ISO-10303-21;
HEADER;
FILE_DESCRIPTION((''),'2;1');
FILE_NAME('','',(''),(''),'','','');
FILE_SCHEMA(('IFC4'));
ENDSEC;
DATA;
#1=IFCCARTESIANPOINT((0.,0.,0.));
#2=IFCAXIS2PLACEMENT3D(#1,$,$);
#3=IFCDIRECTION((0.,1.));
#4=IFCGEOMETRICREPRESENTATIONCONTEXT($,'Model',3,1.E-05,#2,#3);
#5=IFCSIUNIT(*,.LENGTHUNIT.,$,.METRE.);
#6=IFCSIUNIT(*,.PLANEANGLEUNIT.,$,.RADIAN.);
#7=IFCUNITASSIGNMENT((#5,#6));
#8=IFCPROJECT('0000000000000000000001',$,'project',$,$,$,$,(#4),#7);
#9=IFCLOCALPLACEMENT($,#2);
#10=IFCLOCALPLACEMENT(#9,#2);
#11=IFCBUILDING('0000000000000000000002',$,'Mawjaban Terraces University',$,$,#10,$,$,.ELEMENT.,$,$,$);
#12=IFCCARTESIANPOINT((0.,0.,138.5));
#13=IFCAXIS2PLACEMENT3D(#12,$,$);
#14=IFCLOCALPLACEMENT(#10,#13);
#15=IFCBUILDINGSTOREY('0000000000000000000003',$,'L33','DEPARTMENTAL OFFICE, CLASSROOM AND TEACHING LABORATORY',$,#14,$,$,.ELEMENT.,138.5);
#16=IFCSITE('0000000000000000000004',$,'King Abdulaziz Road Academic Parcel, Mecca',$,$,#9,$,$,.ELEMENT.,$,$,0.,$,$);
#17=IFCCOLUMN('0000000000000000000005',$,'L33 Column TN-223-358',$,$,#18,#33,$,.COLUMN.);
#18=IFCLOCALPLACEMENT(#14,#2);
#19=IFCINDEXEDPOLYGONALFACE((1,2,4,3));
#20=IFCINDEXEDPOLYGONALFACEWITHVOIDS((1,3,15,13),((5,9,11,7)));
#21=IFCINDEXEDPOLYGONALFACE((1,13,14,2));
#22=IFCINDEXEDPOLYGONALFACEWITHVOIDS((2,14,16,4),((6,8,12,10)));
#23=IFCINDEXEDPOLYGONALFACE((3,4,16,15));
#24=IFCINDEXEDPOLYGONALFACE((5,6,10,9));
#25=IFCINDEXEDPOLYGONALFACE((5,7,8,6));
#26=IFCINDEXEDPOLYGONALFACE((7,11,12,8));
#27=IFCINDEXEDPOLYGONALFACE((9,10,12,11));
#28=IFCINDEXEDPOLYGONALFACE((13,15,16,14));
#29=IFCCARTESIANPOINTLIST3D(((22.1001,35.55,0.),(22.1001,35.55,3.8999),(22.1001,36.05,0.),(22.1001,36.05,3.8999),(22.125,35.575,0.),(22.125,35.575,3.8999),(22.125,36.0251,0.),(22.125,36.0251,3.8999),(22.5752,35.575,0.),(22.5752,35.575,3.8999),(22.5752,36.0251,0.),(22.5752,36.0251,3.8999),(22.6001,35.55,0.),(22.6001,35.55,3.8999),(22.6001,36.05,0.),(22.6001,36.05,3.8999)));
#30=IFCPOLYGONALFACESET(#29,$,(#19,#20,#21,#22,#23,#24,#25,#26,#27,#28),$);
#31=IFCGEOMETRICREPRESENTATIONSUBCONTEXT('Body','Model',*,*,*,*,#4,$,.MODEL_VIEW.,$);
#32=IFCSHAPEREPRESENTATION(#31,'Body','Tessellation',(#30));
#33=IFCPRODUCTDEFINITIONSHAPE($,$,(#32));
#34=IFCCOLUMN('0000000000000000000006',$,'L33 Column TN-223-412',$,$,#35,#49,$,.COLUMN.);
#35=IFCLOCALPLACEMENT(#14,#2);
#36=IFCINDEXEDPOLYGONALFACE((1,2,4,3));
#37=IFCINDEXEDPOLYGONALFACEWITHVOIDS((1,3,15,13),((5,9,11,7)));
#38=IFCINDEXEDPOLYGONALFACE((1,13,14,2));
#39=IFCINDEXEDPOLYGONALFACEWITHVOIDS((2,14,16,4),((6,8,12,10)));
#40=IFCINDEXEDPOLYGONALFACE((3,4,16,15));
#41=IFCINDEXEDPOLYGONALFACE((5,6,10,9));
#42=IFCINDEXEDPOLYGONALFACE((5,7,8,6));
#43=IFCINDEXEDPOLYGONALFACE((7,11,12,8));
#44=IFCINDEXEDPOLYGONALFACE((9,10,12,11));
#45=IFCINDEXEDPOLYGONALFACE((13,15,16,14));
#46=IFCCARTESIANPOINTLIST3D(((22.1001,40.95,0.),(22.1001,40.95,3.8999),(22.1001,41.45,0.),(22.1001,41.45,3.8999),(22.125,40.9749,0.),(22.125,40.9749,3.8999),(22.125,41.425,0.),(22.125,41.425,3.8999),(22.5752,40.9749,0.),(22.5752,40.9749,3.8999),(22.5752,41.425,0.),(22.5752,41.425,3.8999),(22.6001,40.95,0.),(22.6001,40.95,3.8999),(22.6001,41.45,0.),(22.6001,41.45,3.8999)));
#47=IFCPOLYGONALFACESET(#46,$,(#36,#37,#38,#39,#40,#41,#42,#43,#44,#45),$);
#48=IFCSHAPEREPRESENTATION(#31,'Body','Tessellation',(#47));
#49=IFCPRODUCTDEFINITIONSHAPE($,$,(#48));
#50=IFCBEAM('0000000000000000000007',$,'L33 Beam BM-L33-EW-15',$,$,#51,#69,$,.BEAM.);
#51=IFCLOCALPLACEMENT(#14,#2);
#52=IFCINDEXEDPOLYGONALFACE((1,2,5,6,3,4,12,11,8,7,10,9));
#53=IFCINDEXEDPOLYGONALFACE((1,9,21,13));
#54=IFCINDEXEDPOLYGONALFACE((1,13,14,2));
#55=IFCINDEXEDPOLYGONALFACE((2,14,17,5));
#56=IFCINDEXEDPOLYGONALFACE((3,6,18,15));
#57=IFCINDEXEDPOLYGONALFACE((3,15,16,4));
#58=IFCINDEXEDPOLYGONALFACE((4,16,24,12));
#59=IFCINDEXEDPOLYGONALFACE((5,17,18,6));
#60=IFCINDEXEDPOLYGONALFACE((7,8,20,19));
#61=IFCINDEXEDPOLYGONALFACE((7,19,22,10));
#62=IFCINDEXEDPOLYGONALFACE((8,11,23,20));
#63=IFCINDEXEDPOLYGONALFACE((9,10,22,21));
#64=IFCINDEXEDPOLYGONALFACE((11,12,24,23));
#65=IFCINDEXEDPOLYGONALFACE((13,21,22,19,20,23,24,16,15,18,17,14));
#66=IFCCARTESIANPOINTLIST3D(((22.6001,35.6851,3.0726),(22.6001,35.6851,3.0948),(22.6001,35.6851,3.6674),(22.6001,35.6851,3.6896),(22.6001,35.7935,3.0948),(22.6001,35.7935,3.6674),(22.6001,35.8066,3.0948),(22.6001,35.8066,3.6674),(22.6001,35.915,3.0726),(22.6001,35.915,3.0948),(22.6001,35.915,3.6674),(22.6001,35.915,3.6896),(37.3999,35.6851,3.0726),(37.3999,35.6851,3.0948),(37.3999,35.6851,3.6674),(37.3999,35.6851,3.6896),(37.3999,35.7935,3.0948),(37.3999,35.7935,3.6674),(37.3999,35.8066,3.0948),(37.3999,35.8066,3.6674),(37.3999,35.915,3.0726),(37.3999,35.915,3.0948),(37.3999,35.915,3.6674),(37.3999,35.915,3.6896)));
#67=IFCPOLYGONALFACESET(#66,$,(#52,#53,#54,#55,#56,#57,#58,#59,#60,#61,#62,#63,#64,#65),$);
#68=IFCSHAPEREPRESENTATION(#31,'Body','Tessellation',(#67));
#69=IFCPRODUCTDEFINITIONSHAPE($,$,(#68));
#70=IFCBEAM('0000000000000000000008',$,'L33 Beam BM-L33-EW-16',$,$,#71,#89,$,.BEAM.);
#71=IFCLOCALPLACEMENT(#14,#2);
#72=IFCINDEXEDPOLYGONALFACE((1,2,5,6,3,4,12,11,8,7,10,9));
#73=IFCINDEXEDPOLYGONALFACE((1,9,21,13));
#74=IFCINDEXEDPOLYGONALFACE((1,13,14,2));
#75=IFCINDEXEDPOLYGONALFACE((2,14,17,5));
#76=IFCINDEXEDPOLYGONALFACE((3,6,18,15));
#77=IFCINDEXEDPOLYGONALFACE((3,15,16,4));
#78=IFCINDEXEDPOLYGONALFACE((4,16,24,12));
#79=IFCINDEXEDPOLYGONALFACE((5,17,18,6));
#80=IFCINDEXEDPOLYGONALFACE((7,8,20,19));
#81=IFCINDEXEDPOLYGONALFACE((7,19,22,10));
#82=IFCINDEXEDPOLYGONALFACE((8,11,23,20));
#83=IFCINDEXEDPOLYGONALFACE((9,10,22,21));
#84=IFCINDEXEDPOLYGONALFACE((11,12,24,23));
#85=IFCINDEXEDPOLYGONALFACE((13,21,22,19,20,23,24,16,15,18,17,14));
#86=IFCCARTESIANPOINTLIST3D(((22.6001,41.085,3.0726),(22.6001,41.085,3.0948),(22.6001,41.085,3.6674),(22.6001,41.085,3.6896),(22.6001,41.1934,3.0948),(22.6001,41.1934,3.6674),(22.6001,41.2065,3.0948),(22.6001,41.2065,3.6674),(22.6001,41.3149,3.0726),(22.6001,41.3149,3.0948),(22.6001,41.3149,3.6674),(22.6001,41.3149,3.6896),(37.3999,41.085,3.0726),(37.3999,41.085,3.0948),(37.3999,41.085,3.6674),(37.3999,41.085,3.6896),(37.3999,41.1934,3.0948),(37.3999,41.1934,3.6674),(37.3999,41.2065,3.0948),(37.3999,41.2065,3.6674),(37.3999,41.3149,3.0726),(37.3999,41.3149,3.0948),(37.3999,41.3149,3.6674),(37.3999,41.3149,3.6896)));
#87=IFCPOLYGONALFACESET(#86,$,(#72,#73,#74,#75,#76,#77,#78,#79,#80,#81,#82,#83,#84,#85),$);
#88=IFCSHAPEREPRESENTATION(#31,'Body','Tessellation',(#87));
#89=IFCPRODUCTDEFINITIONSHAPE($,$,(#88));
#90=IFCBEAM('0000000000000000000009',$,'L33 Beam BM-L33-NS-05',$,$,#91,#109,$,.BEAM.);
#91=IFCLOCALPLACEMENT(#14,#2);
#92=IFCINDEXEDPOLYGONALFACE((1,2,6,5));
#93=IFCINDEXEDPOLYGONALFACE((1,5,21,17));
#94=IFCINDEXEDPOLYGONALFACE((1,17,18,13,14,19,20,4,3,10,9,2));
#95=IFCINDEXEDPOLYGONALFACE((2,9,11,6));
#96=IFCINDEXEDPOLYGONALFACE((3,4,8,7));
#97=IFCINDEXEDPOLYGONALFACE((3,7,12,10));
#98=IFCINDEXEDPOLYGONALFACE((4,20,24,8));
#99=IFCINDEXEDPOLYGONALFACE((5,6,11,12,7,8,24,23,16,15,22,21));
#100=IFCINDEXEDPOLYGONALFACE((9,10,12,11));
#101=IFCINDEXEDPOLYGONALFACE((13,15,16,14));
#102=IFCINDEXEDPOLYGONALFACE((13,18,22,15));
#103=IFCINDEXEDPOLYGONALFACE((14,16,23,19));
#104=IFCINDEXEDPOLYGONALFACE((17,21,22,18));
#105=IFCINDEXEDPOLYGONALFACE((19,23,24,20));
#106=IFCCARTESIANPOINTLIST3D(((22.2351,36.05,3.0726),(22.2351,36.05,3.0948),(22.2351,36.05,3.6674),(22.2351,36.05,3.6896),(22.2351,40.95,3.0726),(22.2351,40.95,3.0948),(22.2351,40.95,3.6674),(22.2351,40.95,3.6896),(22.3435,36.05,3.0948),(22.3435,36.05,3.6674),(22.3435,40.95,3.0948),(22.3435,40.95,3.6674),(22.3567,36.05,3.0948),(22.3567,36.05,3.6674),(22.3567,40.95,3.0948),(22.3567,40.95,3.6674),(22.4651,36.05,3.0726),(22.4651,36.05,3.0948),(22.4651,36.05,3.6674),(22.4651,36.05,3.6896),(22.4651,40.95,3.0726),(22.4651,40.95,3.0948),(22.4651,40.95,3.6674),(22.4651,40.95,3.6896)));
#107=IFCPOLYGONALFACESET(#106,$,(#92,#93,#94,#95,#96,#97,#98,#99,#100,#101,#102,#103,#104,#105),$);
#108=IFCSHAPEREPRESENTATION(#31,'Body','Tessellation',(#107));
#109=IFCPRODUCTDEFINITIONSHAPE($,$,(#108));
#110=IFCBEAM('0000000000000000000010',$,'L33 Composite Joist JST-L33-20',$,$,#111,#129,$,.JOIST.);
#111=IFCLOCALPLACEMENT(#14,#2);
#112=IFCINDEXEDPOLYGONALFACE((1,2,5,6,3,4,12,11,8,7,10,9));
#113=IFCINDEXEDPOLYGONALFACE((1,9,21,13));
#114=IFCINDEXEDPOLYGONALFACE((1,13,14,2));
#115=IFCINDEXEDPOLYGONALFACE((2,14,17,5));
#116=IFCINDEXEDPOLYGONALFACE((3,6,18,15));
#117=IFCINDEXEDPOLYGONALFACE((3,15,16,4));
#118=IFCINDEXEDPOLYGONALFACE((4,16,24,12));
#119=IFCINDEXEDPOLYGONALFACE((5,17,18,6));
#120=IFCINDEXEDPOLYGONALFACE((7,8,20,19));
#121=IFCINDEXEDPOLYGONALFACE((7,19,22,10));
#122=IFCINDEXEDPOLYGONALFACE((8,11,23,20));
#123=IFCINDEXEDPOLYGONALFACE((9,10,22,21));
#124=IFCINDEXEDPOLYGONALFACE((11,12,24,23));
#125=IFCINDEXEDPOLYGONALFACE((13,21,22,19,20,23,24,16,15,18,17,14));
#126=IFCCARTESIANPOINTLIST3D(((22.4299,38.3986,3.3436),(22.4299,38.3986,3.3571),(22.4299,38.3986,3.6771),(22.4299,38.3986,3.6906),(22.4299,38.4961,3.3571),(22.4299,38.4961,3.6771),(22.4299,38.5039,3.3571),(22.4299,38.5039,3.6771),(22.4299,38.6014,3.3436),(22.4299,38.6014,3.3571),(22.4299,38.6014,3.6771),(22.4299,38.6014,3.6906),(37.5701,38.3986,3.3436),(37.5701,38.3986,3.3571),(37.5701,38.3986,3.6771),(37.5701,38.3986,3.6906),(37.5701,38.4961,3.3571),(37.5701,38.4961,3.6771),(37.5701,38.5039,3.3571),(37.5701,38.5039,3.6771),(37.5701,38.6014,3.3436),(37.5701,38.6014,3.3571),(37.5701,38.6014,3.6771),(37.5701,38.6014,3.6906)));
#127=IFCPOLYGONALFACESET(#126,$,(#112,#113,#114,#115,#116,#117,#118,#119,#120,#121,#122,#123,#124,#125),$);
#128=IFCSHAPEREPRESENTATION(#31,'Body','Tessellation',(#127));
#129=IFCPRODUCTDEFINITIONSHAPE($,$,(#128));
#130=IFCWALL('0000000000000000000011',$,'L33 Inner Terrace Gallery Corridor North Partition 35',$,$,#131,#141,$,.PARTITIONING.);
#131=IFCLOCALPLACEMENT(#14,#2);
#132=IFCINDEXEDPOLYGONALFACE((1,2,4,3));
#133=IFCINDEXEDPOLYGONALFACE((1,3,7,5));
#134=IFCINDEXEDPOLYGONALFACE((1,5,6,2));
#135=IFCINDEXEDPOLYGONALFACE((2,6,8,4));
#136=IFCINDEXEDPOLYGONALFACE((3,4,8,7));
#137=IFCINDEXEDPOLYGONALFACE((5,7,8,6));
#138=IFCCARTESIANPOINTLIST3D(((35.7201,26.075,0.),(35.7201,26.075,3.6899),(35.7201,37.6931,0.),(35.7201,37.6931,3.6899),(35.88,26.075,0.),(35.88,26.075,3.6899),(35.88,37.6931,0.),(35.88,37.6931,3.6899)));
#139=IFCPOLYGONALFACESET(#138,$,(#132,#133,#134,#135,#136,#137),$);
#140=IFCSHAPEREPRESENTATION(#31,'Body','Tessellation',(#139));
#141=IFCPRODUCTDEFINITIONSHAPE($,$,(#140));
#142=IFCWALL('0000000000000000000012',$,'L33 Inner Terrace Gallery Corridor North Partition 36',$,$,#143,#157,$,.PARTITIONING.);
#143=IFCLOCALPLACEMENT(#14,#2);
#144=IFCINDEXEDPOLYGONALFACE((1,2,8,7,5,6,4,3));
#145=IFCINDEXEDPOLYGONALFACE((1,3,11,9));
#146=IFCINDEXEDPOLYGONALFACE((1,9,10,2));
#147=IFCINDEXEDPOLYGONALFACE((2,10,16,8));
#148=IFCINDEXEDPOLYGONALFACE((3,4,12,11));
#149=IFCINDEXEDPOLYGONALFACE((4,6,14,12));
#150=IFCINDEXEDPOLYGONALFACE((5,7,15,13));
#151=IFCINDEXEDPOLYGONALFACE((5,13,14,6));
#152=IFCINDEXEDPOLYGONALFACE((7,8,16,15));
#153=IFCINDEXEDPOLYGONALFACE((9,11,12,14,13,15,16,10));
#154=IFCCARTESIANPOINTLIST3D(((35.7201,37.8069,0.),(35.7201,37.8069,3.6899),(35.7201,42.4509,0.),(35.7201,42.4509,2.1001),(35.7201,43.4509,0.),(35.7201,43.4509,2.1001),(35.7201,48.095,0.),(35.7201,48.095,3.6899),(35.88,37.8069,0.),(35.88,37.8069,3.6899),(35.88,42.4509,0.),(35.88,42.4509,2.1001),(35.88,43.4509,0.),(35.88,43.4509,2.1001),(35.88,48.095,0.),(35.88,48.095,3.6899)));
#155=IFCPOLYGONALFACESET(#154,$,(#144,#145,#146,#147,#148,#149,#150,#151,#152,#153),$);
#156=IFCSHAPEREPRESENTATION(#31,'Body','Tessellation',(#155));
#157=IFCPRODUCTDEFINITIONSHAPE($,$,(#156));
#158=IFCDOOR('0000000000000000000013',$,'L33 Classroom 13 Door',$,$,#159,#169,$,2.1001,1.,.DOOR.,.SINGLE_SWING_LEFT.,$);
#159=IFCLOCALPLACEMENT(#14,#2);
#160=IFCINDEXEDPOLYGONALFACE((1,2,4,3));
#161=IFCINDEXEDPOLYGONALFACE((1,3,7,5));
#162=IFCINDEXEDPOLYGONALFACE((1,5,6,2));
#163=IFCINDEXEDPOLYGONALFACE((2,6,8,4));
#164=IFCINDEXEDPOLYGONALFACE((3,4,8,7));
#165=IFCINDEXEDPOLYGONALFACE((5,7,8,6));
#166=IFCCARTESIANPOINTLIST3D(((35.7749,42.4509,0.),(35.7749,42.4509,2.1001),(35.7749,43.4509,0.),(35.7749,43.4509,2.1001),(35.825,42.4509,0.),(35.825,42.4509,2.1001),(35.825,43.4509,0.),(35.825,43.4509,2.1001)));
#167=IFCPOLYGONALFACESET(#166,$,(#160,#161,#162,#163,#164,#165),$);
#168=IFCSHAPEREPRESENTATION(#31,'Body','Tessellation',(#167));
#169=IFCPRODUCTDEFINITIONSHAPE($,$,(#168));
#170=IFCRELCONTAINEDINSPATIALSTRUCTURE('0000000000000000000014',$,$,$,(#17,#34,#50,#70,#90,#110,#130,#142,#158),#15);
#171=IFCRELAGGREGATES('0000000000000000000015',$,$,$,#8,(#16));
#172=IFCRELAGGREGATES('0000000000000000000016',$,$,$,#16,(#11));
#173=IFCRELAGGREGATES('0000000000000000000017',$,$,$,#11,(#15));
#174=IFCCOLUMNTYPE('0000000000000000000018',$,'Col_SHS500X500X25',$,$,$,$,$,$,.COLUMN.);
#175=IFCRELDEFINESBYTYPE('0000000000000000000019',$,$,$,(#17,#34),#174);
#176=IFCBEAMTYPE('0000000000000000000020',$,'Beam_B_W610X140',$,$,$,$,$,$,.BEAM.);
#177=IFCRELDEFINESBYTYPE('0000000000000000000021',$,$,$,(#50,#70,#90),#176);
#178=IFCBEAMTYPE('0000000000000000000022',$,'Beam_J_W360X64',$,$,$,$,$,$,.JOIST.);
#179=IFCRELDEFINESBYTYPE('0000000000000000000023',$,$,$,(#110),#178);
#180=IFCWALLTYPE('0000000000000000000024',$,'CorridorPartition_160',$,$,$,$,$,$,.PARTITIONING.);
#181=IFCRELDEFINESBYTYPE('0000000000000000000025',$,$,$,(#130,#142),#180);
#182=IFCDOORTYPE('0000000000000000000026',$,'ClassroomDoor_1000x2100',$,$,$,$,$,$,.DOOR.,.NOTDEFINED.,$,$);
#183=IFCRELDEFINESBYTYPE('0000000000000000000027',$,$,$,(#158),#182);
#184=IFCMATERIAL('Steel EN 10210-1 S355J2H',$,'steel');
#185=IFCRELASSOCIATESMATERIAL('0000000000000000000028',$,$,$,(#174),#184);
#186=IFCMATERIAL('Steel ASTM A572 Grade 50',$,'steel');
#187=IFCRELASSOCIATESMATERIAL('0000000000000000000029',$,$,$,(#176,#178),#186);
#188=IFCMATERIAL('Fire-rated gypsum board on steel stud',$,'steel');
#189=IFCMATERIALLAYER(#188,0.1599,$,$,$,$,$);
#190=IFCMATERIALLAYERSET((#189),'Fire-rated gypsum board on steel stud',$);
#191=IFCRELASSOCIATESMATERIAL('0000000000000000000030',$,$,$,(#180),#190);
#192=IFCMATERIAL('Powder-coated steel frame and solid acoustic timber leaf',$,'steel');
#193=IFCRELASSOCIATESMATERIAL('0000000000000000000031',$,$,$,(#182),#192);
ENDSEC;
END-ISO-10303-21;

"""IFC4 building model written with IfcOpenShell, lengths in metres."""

from ifc_helpers import new_model, si_unit, direction, frame, frame_2d, origin, origin_2d, place, context, subcontext, project, spatial, rectangle, hollow_rectangle, i_section, extrude, material, layer, layer_set, material_profile, profile_set, type_object, element, fill, save


model = new_model("IFC4")

# Units and contexts
model_context = context("Model", 3, precision=1e-05, world=origin(), true_north=direction((0.0, 1.0)))
body_context = subcontext(model_context, "Body", "Model", "MODEL_VIEW")
ifc_project = project(units=[si_unit("LENGTHUNIT", "METRE"), si_unit("PLANEANGLEUNIT", "RADIAN")], contexts=[model_context])

# Site, building, storey
site_placement = place(None, origin())
site = spatial("IfcSite", under=ifc_project, at=site_placement, Name="King Abdulaziz Road Academic Parcel, Mecca", CompositionType="ELEMENT", RefElevation=0.0)
building_placement = place(site_placement, origin())
building = spatial("IfcBuilding", under=site, at=building_placement, Name="Mawjaban Terraces University", CompositionType="ELEMENT")
storey_placement = place(building_placement, frame((0.0, 0.0, 138.5)))
storey = spatial("IfcBuildingStorey", under=building, at=storey_placement, Name="L33", Description="DEPARTMENTAL OFFICE, CLASSROOM AND TEACHING LABORATORY", CompositionType="ELEMENT", Elevation=138.5)

# Columns
ifc_material_1 = material(Name="Steel EN 10210-1 S355J2H", Category="steel")
ifc_material_profile_1 = material_profile(ifc_material_1, hollow_rectangle(XDim=0.5, YDim=0.5, WallThickness=0.0249, at=origin_2d()), Name="SHS500X500X25")
ifc_profile_set_1 = profile_set([ifc_material_profile_1], Name="Steel EN 10210-1 S355J2H")
column_type = type_object("IfcColumnType", Name="Col_SHS500X500X25", PredefinedType="COLUMN", material=ifc_profile_set_1)
for number, where, z_axis, x_axis, name in (
    (1, (22.3501, 35.8, 0.0), (0.0, 0.0, 1.0), (1.0, 0.0, 0.0), "L33 Column TN-223-358"),
    (2, (22.3501, 41.2, 0.0), (0.0, 0.0, 1.0), (1.0, 0.0, 0.0), "L33 Column TN-223-412"),
):
    element("IfcColumn", number, at=place(storey_placement, frame(where, z_axis=z_axis, x_axis=x_axis)), inside=storey, type_object=column_type, Name=name, PredefinedType="COLUMN", context=body_context, shape_type="SweptSolid", body=[
        extrude(hollow_rectangle(XDim=0.5, YDim=0.5, WallThickness=0.0249, at=origin_2d()), origin(), (0.0, 0.0, 1.0), 3.8999),
    ])

# Beams
ifc_material_2 = material(Name="Steel ASTM A572 Grade 50", Category="steel")
ifc_material_profile_2 = material_profile(ifc_material_2, i_section(OverallWidth=0.23, OverallDepth=0.6169, WebThickness=0.0132, FlangeThickness=0.0222, at=origin_2d()), Name="W610X140")
ifc_profile_set_2 = profile_set([ifc_material_profile_2], Name="Steel ASTM A572 Grade 50")
beam_type_1 = type_object("IfcBeamType", Name="Beam_B_W610X140", PredefinedType="BEAM", material=ifc_profile_set_2)
for number, where, z_axis, x_axis, name in (
    (3, (22.6001, 35.8, 3.3811), (1.0, 0.0, 0.0), (0.0, 1.0, 0.0), "L33 Beam BM-L33-EW-15"),
    (4, (22.6001, 41.2, 3.3811), (1.0, 0.0, 0.0), (0.0, 1.0, 0.0), "L33 Beam BM-L33-EW-16"),
):
    element("IfcBeam", number, at=place(storey_placement, frame(where, z_axis=z_axis, x_axis=x_axis)), inside=storey, type_object=beam_type_1, Name=name, PredefinedType="BEAM", context=body_context, shape_type="SweptSolid", body=[
        extrude(i_section(OverallWidth=0.23, OverallDepth=0.6169, WebThickness=0.0132, FlangeThickness=0.0222, at=origin_2d()), origin(), (0.0, 0.0, 1.0), 14.7998),
    ])
beam_1_placement = place(storey_placement, frame((22.3501, 36.05, 3.3811), z_axis=(0.0, 1.0, 0.0), x_axis=(-1.0, 0.0, 0.0)))
element("IfcBeam", 5, at=beam_1_placement, inside=storey, type_object=beam_type_1, Name="L33 Beam BM-L33-NS-05", PredefinedType="BEAM", context=body_context, shape_type="SweptSolid", body=[
    extrude(i_section(OverallWidth=0.23, OverallDepth=0.6169, WebThickness=0.0132, FlangeThickness=0.0222, at=origin_2d()), origin(), (0.0, 0.0, 1.0), 4.8999),
])
ifc_material_profile_3 = material_profile(ifc_material_2, i_section(OverallWidth=0.2029, OverallDepth=0.3469, WebThickness=0.0078, FlangeThickness=0.0134, at=origin_2d()), Name="W360X64")
ifc_profile_set_3 = profile_set([ifc_material_profile_3], Name="Steel ASTM A572 Grade 50")
beam_type_2 = type_object("IfcBeamType", Name="Beam_J_W360X64", PredefinedType="JOIST", material=ifc_profile_set_3)
beam_2_placement = place(storey_placement, frame((22.4299, 38.5, 3.5171), z_axis=(1.0, 0.0, 0.0), x_axis=(0.0, 1.0, 0.0)))
element("IfcBeam", 6, at=beam_2_placement, inside=storey, type_object=beam_type_2, Name="L33 Composite Joist JST-L33-20", PredefinedType="JOIST", context=body_context, shape_type="SweptSolid", body=[
    extrude(i_section(OverallWidth=0.2029, OverallDepth=0.3469, WebThickness=0.0078, FlangeThickness=0.0134, at=origin_2d()), origin(), (0.0, 0.0, 1.0), 15.1401),
])

# Wall
ifc_material_3 = material(Name="Fire-rated gypsum board on steel stud", Category="steel")
ifc_layer_1 = layer(ifc_material_3, 0.1599)
ifc_layer_set_1 = layer_set([ifc_layer_1], Name="Fire-rated gypsum board on steel stud")
wall_type_1 = type_object("IfcWallType", Name="CorridorPartition_160", PredefinedType="PARTITIONING", material=ifc_layer_set_1)
wall_1_placement = place(storey_placement, frame((35.8, 37.6931, 0.0), z_axis=(0.0, 0.0, 1.0), x_axis=(0.0, -1.0, 0.0)))
element("IfcWall", 7, at=wall_1_placement, inside=storey, type_object=wall_type_1, Name="L33 Inner Terrace Gallery Corridor North Partition 35", PredefinedType="PARTITIONING", context=body_context, shape_type="SweptSolid", body=[
    extrude(rectangle(XDim=11.6182, YDim=0.1599, at=frame_2d((5.8091, 0.0))), origin(), (0.0, 0.0, 1.0), 3.6899),
])

# Wall, opening, door
wall_2_placement = place(storey_placement, frame((35.8, 48.095, 0.0), z_axis=(0.0, 0.0, 1.0), x_axis=(0.0, -1.0, 0.0)))
wall_2 = element("IfcWall", 8, at=wall_2_placement, inside=storey, type_object=wall_type_1, Name="L33 Inner Terrace Gallery Corridor North Partition 36", PredefinedType="PARTITIONING", context=body_context, shape_type="SweptSolid", body=[
    extrude(rectangle(XDim=10.2881, YDim=0.1599, at=frame_2d((5.144, 0.0))), origin(), (0.0, 0.0, 1.0), 3.6899),
])
opening_1_placement = place(wall_2_placement, frame((4.644, 0.0, 0.0)))
opening_1 = element("IfcOpeningElement", 9, at=opening_1_placement, cuts=wall_2, PredefinedType="OPENING", context=body_context, shape_type="SweptSolid", body=[
    extrude(rectangle(XDim=1.0, YDim=2.1001, at=frame_2d((0.5, 1.05))), frame((0.0, 0.0898, 0.0), z_axis=(0.0, -1.0, 0.0), x_axis=(1.0, 0.0, 0.0)), (0.0, 0.0, 1.0), 0.1799),
])
ifc_material_4 = material(Name="Powder-coated steel frame and solid acoustic timber leaf", Category="steel")
door_type_1 = type_object("IfcDoorType", Name="ClassroomDoor_1000x2100", OperationType="NOTDEFINED", PredefinedType="DOOR", material=ifc_material_4)
door_1_placement = place(opening_1_placement, origin())
door_1 = element("IfcDoor", 10, at=door_1_placement, inside=storey, type_object=door_type_1, Name="L33 Classroom 13 Door", OperationType="SINGLE_SWING_LEFT", OverallHeight=2.1001, OverallWidth=1.0, PredefinedType="DOOR", context=body_context, shape_type="SweptSolid", body=[
    extrude(rectangle(XDim=1.0, YDim=2.1001, at=frame_2d((0.5, 1.05))), frame((0.0, 0.0249, 0.0), z_axis=(0.0, -1.0, 0.0), x_axis=(1.0, 0.0, 0.0)), (0.0, 0.0, 1.0), 0.05),
])
fill(opening_1, door_1)

save(model, "model.ifc")
